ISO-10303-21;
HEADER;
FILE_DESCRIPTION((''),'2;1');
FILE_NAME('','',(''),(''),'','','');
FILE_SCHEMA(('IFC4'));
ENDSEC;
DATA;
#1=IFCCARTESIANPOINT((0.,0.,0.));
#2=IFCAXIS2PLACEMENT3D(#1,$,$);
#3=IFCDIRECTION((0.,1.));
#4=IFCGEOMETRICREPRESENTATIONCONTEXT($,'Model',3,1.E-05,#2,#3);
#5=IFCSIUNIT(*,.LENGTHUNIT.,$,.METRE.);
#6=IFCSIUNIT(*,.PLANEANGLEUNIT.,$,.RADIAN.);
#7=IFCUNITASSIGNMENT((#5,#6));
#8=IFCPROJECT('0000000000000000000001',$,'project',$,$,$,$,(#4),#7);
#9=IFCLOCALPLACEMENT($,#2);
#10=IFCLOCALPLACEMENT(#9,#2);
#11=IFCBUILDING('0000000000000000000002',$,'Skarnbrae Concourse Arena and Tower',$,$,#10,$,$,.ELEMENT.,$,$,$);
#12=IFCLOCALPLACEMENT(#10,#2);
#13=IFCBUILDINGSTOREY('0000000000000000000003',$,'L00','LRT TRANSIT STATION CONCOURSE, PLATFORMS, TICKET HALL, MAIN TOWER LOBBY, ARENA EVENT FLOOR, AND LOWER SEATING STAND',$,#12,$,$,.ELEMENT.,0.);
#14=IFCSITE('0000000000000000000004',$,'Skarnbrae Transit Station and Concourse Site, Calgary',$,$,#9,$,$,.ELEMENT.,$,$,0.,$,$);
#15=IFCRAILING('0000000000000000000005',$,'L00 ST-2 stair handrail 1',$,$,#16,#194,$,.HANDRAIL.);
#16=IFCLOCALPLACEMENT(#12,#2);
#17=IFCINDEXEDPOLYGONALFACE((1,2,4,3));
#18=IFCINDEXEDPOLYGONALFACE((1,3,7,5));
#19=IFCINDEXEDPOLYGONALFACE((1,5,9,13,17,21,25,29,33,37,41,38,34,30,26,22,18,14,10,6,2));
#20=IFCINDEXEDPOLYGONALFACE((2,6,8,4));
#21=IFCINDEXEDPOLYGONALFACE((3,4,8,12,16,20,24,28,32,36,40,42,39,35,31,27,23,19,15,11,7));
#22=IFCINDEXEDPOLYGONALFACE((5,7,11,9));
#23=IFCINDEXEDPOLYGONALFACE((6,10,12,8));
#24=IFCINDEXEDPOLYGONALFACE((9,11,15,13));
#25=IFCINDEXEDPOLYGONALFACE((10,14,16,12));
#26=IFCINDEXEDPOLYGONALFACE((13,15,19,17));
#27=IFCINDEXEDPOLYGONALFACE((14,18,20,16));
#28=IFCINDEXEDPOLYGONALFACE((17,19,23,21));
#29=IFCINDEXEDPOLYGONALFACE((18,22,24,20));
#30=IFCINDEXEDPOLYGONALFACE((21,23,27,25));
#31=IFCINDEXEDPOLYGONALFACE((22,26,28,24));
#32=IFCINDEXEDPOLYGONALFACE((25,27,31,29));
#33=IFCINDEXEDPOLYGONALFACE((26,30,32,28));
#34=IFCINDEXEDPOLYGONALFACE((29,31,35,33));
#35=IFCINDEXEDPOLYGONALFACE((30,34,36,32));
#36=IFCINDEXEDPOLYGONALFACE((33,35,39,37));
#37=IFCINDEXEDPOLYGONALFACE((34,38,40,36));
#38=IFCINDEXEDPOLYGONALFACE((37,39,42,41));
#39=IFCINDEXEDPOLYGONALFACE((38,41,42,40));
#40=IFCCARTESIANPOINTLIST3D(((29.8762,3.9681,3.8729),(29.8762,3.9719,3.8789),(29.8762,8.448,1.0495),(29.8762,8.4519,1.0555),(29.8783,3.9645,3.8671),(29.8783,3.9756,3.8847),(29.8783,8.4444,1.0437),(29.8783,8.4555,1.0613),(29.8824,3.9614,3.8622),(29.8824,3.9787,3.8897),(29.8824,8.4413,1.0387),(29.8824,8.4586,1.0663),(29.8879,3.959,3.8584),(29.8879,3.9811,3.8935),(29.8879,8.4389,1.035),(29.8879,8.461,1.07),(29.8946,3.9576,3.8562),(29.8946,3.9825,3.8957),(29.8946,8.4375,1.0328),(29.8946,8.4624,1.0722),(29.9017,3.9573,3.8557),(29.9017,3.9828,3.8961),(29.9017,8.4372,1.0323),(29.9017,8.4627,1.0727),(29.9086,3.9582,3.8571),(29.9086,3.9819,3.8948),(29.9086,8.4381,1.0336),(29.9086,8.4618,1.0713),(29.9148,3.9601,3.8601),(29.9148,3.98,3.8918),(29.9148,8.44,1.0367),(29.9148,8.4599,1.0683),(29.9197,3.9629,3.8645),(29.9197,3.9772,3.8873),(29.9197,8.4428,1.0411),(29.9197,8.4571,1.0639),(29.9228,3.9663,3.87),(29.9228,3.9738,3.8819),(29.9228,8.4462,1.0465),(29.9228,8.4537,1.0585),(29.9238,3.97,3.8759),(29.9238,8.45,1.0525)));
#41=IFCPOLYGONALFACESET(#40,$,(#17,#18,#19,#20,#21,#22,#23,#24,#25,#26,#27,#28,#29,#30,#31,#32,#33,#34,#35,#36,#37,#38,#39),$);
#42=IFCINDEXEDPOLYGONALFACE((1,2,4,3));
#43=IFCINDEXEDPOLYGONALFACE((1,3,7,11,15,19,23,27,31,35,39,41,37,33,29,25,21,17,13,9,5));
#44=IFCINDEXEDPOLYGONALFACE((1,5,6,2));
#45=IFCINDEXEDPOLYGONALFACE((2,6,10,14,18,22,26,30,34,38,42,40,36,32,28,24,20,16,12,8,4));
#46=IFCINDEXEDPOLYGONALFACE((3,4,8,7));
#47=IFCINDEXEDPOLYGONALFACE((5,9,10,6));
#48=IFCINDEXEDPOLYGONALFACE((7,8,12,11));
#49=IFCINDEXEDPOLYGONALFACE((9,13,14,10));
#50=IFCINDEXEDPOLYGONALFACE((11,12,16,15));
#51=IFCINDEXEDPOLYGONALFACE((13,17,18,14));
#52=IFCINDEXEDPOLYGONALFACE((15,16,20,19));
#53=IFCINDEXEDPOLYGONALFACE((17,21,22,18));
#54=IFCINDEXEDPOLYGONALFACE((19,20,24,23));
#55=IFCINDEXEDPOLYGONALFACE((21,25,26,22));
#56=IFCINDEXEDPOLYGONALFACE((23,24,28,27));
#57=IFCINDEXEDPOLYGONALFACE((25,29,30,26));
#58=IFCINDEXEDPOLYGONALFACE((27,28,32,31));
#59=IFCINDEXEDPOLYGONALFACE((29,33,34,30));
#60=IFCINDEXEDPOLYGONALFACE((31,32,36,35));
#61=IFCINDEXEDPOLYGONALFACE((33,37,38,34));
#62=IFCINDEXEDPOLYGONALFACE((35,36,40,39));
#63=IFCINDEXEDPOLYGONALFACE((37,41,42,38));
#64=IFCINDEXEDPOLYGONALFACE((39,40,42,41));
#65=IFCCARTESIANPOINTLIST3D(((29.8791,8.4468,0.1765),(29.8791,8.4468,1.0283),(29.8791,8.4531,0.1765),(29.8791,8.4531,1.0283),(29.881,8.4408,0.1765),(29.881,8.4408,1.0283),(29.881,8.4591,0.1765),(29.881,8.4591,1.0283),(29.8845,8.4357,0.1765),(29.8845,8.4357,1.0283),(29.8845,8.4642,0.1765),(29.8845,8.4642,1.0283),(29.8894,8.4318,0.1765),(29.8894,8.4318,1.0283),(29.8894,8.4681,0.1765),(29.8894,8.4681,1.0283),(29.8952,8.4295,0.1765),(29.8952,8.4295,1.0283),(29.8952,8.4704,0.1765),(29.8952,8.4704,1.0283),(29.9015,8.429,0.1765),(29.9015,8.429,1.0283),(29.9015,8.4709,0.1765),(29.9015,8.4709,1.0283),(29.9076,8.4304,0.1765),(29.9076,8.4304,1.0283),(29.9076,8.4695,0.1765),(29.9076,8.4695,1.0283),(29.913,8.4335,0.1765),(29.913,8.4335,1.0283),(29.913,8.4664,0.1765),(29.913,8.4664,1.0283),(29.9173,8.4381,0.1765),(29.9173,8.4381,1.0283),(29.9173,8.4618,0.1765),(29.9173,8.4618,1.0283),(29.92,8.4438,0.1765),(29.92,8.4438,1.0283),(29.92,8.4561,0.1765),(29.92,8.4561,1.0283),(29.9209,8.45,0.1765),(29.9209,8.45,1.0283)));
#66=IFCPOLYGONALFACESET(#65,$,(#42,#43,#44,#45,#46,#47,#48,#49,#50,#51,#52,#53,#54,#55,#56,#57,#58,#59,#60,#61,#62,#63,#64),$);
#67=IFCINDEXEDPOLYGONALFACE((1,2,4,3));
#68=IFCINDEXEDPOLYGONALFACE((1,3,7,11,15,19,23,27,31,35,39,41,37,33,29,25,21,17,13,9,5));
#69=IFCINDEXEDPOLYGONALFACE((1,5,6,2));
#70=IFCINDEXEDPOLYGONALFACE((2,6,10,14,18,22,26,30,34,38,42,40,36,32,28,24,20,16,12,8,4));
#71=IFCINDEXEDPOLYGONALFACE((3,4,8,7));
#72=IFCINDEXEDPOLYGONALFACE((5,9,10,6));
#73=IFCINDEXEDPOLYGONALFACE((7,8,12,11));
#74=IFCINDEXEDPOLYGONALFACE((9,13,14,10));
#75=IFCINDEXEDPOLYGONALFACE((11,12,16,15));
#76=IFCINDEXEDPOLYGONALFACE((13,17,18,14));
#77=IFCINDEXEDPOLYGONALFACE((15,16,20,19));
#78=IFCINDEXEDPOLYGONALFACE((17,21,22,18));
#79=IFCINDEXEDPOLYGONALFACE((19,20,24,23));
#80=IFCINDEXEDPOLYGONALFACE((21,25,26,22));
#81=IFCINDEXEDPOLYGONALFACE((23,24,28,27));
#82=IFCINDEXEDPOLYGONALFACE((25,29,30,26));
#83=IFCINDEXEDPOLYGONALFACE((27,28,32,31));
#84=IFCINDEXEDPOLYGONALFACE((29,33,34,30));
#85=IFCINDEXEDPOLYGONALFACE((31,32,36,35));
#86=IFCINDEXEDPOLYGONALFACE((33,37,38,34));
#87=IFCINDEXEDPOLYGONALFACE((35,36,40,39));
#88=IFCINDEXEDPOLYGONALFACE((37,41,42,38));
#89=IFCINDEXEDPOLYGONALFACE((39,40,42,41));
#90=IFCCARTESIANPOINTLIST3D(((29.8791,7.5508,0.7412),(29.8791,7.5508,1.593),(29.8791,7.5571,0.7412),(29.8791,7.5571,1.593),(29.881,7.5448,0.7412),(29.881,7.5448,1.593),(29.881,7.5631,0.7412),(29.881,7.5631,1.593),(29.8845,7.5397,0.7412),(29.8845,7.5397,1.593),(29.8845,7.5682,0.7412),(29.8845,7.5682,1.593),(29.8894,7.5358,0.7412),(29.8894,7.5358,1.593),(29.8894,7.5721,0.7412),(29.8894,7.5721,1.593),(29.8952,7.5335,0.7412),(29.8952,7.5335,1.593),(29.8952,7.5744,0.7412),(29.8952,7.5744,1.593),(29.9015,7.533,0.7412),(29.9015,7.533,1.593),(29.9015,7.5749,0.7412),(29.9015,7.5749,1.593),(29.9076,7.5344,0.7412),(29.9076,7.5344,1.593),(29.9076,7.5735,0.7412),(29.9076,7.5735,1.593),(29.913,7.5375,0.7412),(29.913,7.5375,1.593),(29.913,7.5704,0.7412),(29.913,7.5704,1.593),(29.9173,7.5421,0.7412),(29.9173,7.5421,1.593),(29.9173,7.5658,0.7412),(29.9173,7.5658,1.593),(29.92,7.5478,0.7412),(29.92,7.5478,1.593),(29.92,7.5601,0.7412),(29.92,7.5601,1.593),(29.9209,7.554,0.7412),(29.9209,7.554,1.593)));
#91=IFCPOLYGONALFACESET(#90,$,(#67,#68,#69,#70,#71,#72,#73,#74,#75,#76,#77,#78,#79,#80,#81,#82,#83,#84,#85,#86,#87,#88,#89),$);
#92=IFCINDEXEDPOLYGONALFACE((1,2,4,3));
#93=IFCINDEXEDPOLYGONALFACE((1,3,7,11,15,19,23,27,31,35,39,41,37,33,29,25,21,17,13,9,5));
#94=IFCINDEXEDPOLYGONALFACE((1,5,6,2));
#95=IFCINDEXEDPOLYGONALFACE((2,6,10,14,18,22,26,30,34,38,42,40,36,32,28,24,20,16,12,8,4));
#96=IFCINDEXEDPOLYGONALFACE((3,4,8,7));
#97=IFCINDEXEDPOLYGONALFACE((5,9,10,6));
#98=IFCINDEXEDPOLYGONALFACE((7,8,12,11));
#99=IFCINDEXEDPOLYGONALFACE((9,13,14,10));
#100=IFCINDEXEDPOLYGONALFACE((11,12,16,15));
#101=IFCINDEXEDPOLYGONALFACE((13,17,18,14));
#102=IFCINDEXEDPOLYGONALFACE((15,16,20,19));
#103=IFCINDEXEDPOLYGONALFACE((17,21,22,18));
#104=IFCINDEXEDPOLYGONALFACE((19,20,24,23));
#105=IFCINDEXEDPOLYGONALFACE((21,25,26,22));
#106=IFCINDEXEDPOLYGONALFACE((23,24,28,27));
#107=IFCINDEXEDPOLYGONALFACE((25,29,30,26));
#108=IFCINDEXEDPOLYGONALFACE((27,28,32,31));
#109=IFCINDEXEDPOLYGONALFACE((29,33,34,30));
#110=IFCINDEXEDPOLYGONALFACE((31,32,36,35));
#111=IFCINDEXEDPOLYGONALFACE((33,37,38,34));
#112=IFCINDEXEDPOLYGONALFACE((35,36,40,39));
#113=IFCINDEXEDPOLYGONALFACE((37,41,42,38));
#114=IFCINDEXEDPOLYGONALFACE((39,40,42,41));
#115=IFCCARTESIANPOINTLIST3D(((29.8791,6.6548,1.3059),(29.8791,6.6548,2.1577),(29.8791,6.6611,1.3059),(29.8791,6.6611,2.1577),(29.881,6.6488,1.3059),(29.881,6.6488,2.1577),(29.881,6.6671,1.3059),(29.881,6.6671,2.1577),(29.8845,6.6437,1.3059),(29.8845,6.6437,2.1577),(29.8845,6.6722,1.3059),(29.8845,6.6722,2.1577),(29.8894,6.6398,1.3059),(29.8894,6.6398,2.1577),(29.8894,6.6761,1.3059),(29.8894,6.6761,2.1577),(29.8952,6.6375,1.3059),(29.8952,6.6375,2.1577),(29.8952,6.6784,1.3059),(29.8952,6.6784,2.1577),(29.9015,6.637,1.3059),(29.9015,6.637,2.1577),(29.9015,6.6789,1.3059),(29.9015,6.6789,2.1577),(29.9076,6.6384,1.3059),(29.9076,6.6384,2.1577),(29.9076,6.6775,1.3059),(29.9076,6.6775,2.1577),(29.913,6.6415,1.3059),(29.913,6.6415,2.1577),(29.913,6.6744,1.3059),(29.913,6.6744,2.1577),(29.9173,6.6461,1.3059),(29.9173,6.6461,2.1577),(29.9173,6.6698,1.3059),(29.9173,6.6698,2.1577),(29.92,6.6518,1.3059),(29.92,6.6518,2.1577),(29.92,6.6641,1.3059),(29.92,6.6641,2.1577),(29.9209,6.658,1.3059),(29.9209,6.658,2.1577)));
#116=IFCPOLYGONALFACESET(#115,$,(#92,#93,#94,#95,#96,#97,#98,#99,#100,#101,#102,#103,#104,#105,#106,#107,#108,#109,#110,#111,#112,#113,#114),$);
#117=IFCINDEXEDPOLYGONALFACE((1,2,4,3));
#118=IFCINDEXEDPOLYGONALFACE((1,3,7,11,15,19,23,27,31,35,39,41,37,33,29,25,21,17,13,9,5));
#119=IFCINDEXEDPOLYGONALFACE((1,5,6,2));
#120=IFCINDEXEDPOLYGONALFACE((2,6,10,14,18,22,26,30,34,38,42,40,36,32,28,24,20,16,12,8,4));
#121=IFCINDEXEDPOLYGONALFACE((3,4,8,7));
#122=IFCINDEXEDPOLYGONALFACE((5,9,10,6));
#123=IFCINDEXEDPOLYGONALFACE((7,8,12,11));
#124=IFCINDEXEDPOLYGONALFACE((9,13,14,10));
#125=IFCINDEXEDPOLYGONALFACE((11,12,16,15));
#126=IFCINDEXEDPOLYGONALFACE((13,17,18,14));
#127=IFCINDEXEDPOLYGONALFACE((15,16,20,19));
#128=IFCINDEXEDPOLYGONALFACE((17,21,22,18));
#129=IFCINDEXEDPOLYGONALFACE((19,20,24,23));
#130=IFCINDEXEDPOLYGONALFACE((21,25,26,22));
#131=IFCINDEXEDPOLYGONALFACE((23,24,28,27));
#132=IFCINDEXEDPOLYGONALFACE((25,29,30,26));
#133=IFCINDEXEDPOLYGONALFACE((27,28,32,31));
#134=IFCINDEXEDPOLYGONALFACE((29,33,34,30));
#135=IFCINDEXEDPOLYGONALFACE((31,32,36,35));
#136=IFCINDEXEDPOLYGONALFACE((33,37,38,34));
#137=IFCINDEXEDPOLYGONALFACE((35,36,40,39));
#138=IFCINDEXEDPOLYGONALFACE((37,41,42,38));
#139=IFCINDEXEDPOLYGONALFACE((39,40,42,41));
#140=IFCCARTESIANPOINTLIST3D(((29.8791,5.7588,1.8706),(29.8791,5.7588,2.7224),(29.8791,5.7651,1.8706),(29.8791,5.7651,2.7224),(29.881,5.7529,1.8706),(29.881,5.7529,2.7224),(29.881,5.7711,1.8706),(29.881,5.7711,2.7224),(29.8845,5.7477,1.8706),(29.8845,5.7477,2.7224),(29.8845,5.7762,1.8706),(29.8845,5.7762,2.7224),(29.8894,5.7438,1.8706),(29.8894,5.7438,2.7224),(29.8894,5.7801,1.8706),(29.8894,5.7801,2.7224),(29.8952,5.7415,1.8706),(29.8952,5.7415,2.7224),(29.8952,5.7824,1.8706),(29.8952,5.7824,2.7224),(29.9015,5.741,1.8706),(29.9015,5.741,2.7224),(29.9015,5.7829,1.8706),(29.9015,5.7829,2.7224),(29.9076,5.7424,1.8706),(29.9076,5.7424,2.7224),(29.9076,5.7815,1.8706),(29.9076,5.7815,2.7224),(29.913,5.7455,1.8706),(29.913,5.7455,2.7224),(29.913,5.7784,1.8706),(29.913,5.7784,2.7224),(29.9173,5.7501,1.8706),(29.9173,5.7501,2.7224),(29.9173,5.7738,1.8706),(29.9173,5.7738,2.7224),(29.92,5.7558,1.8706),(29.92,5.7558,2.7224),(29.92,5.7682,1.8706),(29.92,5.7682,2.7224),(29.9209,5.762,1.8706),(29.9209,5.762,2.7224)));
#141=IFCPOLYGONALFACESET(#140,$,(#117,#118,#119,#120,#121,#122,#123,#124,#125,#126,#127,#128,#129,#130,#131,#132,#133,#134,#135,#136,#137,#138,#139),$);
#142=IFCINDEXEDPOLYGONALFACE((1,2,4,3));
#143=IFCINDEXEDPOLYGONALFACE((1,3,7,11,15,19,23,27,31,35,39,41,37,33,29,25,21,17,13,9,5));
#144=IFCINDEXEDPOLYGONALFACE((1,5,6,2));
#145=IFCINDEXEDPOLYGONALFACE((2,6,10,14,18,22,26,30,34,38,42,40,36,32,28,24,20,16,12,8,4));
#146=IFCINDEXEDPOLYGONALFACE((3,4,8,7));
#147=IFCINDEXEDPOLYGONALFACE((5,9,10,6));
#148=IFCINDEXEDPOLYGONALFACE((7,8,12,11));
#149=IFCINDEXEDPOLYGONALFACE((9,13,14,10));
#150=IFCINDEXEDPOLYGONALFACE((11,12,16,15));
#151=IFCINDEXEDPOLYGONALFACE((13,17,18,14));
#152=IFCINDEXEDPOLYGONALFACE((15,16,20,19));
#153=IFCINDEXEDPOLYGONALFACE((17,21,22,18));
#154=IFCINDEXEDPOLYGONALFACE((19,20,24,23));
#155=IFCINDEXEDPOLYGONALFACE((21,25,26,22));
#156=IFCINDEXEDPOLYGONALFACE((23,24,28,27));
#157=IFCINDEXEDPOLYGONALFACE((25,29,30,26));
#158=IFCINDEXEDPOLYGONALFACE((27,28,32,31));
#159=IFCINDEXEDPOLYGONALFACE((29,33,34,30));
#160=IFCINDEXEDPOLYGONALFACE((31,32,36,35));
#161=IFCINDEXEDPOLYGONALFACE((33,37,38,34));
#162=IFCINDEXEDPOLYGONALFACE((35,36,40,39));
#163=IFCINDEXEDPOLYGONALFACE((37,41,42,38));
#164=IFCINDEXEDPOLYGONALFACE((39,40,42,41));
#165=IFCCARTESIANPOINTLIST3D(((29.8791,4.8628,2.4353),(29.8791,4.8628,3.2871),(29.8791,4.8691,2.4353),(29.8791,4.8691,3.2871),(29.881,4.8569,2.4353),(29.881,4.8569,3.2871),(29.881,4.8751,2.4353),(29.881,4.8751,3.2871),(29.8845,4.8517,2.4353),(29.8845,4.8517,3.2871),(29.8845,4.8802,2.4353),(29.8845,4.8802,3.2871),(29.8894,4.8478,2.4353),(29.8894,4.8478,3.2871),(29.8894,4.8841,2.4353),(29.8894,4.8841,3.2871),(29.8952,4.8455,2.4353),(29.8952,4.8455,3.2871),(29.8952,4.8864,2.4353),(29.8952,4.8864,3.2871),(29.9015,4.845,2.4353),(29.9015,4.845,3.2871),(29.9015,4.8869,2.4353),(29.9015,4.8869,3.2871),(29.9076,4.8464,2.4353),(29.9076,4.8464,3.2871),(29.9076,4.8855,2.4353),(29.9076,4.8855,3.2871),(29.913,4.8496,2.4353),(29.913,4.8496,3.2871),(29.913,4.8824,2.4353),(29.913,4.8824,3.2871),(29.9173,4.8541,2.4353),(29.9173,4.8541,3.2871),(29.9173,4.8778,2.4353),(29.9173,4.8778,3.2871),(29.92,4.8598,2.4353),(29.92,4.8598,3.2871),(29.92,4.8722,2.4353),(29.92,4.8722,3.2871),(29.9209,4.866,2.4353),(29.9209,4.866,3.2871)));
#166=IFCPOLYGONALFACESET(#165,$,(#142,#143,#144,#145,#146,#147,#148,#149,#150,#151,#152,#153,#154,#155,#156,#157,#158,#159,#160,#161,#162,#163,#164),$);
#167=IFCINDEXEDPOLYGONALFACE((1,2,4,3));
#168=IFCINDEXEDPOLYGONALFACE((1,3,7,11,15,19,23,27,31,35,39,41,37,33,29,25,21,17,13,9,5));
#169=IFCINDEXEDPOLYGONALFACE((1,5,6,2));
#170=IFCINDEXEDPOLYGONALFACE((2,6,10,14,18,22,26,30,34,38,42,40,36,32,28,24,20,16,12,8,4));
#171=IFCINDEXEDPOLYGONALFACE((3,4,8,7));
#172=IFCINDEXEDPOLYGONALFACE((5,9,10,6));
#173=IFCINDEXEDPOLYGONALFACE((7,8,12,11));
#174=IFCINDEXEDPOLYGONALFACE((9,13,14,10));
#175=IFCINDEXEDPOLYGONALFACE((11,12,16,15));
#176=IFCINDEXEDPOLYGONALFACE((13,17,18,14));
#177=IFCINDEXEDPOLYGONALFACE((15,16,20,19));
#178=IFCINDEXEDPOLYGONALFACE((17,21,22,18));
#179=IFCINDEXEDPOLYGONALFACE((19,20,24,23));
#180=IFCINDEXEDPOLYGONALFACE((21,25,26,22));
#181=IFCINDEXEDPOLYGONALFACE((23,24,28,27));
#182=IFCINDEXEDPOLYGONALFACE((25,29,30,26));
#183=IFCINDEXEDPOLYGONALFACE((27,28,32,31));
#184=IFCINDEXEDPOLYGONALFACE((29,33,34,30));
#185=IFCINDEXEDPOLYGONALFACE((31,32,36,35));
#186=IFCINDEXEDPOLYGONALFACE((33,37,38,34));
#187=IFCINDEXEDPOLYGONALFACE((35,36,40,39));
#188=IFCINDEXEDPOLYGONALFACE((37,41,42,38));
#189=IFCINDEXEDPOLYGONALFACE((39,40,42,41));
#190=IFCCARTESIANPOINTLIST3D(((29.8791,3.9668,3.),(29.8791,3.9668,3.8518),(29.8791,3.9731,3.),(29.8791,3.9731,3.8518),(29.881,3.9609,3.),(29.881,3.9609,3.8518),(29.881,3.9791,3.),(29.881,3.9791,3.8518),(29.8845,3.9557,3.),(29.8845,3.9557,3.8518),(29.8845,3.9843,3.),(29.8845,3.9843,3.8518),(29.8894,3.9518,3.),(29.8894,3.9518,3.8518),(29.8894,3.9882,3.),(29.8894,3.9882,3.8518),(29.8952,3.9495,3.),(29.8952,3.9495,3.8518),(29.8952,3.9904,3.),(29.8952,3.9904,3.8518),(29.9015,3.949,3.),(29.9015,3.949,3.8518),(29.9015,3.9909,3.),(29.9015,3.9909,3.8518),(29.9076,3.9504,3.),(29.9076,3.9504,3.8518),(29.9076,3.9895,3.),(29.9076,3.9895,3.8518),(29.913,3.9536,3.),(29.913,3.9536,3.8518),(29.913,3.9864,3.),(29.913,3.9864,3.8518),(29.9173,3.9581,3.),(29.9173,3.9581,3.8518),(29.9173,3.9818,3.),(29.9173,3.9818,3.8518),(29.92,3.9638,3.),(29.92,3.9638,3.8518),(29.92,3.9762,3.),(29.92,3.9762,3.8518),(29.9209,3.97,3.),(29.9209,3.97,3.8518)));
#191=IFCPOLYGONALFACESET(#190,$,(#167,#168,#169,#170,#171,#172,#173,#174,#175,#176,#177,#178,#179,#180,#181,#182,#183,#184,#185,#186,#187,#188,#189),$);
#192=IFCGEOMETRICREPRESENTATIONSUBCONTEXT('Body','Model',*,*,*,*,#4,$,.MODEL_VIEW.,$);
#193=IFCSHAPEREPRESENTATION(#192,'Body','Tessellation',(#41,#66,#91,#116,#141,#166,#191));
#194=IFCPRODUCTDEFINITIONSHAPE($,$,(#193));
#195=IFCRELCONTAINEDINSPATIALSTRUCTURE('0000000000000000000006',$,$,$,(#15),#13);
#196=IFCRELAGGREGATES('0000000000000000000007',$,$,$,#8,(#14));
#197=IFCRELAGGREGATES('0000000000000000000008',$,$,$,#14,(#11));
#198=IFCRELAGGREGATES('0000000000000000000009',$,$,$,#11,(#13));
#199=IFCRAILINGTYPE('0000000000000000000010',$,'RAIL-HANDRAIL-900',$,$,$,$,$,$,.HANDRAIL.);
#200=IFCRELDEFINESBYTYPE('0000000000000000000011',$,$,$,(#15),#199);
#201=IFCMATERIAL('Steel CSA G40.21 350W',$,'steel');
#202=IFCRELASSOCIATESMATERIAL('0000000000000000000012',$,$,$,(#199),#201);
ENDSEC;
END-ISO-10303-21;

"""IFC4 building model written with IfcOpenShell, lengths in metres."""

from ifc_helpers import new_model, si_unit, direction, frame, origin, origin_2d, place, context, subcontext, project, spatial, circle, extrude, material, type_object, element, save


model = new_model("IFC4")

# Units and contexts
model_context = context("Model", 3, precision=1e-05, world=origin(), true_north=direction((0.0, 1.0)))
body_context = subcontext(model_context, "Body", "Model", "MODEL_VIEW")
ifc_project = project(units=[si_unit("LENGTHUNIT", "METRE"), si_unit("PLANEANGLEUNIT", "RADIAN")], contexts=[model_context])

# Site, building, storey
site_placement = place(None, origin())
site = spatial("IfcSite", under=ifc_project, at=site_placement, Name="Skarnbrae Transit Station and Concourse Site, Calgary", CompositionType="ELEMENT", RefElevation=0.0)
building_placement = place(site_placement, origin())
building = spatial("IfcBuilding", under=site, at=building_placement, Name="Skarnbrae Concourse Arena and Tower", CompositionType="ELEMENT")
storey_placement = place(building_placement, origin())
storey = spatial("IfcBuildingStorey", under=building, at=storey_placement, Name="L00", Description="LRT TRANSIT STATION CONCOURSE, PLATFORMS, TICKET HALL, MAIN TOWER LOBBY, ARENA EVENT FLOOR, AND LOWER SEATING STAND", CompositionType="ELEMENT", Elevation=0.0)

# Shared definitions
ifc_material_1 = material(Name="Steel CSA G40.21 350W", Category="steel")

# Railing
railing_type_1 = type_object("IfcRailingType", Name="RAIL-HANDRAIL-900", PredefinedType="HANDRAIL", material=ifc_material_1)
railing_1_placement = place(storey_placement, frame((29.8999, 8.45, 0.1765)))
element("IfcRailing", 1, at=railing_1_placement, inside=storey, type_object=railing_type_1, Name="L00 ST-2 stair handrail 1", PredefinedType="HANDRAIL", context=body_context, shape_type="SweptSolid", body=[
    extrude(circle(Radius=0.0239, at=origin_2d()), frame((0.0, 0.0, 0.876), z_axis=(0.0, -0.845998, 0.533186), x_axis=(1.0, 0.0, 0.0)), (0.0, 0.0, 1.0), 5.2954),
    extrude(circle(Radius=0.021, at=origin_2d()), origin(), (0.0, 0.0, 1.0), 0.8518),
    extrude(circle(Radius=0.021, at=origin_2d()), frame((0.0, -0.896, 0.5647)), (0.0, 0.0, 1.0), 0.8518),
    extrude(circle(Radius=0.021, at=origin_2d()), frame((0.0, -1.792, 1.1294)), (0.0, 0.0, 1.0), 0.8518),
    extrude(circle(Radius=0.021, at=origin_2d()), frame((0.0, -2.688, 1.6941)), (0.0, 0.0, 1.0), 0.8518),
    extrude(circle(Radius=0.021, at=origin_2d()), frame((0.0, -3.584, 2.2588)), (0.0, 0.0, 1.0), 0.8518),
    extrude(circle(Radius=0.021, at=origin_2d()), frame((0.0, -4.48, 2.8235)), (0.0, 0.0, 1.0), 0.8518),
])

save(model, "model.ifc")
